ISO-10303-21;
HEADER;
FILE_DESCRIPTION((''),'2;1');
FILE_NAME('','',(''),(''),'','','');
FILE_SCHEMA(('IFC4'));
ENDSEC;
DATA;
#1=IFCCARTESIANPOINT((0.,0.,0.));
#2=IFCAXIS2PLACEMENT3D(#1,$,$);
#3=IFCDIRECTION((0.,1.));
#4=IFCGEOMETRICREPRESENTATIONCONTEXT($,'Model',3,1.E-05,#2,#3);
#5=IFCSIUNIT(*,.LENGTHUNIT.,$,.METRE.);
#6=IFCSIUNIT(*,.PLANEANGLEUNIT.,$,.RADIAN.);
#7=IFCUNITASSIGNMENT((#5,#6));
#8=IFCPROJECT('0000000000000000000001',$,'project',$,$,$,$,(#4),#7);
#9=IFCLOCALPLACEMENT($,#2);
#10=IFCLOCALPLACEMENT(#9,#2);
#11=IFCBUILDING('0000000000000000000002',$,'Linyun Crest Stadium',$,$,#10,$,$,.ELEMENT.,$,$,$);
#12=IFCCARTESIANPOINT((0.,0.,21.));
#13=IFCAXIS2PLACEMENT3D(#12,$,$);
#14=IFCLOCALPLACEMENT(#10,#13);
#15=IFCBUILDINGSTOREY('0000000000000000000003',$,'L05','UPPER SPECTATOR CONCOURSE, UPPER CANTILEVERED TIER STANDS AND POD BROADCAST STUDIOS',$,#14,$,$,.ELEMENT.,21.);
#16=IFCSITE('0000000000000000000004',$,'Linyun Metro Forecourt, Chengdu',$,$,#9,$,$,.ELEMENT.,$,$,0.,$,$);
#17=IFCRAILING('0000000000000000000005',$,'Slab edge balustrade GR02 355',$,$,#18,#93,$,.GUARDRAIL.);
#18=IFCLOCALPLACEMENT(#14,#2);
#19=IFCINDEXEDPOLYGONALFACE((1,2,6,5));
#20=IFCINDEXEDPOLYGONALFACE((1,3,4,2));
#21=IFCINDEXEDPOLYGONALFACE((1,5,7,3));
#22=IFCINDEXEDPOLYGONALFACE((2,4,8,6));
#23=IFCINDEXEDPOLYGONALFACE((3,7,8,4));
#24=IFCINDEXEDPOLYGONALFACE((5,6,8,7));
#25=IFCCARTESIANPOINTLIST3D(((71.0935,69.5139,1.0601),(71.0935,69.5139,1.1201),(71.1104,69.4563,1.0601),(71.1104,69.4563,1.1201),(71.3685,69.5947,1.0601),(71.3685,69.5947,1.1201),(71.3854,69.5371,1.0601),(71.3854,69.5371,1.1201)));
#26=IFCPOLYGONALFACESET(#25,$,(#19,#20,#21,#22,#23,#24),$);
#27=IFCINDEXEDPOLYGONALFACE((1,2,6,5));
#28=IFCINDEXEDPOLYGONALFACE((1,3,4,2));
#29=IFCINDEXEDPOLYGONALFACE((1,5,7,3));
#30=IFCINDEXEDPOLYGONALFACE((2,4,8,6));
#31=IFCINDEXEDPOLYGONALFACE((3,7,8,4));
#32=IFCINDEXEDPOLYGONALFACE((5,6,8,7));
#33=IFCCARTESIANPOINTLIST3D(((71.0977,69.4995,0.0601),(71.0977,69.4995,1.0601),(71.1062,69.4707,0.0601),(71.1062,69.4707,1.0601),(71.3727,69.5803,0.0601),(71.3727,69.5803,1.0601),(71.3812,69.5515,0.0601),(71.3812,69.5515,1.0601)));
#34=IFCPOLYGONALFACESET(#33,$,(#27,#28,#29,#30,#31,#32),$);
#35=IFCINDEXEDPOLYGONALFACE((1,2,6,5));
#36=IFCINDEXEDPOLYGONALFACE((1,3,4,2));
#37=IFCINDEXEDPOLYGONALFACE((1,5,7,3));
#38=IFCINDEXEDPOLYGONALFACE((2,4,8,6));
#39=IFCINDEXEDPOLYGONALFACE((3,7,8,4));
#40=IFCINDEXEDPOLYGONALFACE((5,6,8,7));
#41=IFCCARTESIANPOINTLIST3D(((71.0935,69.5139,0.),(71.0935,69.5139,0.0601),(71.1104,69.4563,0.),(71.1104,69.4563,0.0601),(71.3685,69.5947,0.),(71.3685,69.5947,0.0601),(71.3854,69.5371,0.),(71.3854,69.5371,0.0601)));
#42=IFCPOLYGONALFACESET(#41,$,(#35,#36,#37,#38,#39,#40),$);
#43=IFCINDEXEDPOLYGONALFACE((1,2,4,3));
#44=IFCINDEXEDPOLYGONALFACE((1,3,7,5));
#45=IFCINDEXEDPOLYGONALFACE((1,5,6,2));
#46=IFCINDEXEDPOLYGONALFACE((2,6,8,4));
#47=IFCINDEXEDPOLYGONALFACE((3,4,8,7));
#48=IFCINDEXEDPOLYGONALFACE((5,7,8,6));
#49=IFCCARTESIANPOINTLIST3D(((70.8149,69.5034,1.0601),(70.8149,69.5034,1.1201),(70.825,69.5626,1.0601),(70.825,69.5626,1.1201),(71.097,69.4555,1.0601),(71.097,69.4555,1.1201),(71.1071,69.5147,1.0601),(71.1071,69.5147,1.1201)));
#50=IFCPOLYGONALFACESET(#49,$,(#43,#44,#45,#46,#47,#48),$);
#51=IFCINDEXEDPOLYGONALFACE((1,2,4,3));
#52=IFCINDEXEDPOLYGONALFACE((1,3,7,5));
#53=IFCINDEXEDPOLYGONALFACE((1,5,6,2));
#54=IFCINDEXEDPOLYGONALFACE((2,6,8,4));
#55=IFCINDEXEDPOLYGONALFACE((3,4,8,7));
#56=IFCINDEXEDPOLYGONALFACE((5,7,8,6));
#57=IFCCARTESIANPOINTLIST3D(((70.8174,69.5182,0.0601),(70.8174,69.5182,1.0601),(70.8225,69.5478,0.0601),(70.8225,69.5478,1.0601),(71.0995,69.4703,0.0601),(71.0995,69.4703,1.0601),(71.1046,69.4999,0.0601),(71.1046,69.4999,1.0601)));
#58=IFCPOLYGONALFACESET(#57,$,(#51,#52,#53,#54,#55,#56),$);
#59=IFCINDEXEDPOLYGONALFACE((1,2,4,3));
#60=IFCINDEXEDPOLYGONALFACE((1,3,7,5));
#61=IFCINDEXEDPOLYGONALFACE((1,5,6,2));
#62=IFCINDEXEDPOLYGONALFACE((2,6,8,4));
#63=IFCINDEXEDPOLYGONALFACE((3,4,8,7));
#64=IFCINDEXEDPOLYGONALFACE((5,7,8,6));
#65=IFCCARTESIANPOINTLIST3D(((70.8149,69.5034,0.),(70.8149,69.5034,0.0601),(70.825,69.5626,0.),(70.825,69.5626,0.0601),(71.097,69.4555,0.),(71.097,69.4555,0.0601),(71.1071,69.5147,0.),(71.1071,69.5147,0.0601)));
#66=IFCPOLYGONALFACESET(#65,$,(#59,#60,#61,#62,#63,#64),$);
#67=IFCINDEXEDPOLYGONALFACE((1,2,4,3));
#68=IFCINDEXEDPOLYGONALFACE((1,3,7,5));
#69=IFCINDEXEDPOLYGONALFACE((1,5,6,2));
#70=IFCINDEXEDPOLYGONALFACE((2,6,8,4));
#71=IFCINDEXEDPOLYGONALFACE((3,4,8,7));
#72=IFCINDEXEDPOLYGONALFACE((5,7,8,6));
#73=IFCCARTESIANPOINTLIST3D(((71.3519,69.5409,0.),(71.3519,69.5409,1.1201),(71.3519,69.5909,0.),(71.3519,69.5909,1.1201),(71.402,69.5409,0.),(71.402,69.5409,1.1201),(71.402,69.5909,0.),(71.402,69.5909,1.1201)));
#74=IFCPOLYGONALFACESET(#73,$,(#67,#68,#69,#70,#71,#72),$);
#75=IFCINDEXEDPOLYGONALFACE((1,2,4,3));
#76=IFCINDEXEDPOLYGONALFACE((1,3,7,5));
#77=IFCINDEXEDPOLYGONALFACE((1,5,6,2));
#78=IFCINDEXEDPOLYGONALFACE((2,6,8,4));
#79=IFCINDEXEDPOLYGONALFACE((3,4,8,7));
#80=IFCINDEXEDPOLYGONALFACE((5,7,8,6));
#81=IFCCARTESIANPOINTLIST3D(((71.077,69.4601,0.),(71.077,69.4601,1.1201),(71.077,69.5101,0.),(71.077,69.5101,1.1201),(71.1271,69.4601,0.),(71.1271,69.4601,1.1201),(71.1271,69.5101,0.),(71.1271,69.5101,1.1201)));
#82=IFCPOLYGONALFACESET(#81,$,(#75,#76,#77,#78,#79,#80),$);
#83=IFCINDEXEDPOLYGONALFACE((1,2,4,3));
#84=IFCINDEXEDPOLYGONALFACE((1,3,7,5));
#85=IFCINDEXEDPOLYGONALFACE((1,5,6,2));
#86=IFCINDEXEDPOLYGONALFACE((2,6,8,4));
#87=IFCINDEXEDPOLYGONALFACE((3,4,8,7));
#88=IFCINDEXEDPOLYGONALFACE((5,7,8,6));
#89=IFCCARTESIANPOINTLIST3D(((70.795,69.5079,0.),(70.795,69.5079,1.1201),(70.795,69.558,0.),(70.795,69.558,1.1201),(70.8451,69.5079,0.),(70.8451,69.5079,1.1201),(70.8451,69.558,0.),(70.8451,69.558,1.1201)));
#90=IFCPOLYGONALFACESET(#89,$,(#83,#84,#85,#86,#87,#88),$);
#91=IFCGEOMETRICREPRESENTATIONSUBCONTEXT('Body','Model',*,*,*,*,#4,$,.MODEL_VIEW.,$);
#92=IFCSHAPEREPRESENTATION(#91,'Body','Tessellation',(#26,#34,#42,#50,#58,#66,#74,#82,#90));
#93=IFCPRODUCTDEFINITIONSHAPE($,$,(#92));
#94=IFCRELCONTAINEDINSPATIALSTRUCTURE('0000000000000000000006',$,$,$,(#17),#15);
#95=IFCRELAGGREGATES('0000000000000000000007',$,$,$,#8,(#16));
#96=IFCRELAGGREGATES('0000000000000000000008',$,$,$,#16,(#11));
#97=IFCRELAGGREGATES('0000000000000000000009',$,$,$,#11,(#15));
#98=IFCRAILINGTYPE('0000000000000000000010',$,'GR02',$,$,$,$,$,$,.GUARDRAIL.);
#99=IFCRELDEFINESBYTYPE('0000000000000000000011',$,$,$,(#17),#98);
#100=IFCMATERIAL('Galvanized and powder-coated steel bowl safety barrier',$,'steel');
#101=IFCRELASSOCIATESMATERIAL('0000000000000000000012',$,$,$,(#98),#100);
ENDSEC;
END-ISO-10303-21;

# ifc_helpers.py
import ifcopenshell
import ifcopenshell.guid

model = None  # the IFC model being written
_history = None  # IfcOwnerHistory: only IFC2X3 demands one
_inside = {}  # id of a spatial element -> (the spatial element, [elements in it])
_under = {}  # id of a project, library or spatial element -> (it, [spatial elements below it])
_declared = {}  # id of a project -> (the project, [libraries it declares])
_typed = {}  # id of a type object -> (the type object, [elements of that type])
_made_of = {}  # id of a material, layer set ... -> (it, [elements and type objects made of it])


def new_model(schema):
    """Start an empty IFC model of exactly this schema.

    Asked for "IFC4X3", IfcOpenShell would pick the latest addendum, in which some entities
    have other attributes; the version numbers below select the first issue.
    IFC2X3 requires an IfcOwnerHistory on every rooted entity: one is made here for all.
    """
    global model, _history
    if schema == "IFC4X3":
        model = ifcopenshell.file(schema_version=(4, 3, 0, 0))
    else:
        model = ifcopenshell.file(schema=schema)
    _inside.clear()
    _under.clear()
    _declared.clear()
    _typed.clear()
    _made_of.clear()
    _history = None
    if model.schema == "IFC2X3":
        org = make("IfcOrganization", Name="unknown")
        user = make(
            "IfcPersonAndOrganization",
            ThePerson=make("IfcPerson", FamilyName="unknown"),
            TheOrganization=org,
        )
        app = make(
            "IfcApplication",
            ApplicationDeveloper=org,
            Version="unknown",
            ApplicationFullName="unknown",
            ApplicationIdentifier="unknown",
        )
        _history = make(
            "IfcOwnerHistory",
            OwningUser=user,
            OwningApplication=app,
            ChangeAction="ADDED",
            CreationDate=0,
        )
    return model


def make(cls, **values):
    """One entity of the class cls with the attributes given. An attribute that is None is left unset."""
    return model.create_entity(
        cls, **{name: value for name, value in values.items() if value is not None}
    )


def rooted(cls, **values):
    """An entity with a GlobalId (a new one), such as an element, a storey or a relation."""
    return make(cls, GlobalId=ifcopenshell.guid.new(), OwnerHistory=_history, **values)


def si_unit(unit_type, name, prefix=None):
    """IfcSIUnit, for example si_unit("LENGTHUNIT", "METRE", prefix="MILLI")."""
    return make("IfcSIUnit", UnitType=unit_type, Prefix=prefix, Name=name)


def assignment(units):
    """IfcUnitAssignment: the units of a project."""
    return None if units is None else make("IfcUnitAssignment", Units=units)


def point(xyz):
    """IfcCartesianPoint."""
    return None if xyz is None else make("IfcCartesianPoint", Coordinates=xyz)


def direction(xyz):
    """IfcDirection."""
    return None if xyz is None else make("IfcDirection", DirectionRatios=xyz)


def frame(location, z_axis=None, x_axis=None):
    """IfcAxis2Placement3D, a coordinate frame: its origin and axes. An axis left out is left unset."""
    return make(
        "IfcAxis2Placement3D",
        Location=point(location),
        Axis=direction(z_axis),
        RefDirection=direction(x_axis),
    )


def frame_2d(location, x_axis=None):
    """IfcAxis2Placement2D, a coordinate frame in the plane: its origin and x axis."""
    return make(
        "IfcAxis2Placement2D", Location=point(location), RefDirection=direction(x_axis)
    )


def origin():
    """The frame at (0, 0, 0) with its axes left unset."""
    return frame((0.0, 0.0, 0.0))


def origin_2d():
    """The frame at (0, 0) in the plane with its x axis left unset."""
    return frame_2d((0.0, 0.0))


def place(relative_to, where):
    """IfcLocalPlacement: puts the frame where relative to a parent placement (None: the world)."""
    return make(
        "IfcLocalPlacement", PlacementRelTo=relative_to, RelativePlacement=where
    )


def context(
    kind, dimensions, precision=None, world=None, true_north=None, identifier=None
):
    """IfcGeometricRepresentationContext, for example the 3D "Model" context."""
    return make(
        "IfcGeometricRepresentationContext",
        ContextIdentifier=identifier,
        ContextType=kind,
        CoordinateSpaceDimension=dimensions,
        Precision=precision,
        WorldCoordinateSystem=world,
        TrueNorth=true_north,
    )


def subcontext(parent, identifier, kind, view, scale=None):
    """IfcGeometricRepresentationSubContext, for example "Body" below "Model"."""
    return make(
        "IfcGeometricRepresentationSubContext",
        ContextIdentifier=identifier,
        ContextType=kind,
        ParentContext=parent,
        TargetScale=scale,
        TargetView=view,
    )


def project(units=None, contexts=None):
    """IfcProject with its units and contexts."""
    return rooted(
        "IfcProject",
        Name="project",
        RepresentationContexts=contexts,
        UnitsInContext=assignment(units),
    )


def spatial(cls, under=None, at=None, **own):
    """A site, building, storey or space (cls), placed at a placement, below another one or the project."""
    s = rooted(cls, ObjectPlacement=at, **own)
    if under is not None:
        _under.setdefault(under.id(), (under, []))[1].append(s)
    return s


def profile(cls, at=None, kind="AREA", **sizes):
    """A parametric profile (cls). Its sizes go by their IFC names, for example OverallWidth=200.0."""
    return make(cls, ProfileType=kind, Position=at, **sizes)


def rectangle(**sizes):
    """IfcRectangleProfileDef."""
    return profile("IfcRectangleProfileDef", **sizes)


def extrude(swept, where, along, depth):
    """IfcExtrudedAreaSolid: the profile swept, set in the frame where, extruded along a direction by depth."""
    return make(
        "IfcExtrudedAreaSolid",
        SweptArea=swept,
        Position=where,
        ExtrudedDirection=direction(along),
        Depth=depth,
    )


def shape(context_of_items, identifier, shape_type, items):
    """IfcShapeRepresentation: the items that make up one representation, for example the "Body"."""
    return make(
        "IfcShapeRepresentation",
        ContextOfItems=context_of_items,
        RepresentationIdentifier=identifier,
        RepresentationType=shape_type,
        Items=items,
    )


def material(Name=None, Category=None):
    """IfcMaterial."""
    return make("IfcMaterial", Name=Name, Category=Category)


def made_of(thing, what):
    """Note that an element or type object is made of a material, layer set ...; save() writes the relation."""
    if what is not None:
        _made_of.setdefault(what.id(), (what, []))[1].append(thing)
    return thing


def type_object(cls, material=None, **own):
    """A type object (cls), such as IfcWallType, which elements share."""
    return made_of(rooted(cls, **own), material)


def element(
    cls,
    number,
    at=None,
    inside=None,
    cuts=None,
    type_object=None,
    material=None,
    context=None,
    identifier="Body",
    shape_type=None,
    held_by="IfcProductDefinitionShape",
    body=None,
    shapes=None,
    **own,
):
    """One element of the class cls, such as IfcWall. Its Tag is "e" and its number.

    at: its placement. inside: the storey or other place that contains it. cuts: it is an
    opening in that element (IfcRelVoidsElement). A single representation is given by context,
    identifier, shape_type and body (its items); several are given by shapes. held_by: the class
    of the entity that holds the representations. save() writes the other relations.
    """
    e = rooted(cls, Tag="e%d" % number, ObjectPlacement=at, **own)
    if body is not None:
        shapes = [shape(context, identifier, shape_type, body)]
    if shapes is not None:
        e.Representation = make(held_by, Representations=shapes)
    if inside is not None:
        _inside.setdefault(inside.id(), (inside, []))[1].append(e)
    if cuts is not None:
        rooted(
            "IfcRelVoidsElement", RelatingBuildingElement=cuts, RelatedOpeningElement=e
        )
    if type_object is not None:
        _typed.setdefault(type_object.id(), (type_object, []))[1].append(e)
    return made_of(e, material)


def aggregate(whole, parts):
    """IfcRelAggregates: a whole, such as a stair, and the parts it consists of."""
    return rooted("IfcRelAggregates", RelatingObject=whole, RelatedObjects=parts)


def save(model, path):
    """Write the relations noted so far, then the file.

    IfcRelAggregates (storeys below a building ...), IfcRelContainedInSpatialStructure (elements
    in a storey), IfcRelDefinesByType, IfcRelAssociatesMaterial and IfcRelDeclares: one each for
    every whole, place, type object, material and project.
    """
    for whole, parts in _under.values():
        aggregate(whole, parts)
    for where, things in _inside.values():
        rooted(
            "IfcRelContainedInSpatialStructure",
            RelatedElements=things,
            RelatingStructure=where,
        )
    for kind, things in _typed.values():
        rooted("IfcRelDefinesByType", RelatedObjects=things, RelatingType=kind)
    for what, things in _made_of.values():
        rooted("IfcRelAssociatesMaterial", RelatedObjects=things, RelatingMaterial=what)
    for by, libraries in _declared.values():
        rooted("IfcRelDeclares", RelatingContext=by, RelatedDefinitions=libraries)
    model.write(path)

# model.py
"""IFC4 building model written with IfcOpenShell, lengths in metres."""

from ifc_helpers import new_model, si_unit, direction, frame, origin, origin_2d, place, context, subcontext, project, spatial, rectangle, extrude, material, type_object, element, save


model = new_model("IFC4")

# Units and contexts
model_context = context("Model", 3, precision=1e-05, world=origin(), true_north=direction((0.0, 1.0)))
body_context = subcontext(model_context, "Body", "Model", "MODEL_VIEW")
ifc_project = project(units=[si_unit("LENGTHUNIT", "METRE"), si_unit("PLANEANGLEUNIT", "RADIAN")], contexts=[model_context])

# Site, building, storey
site_placement = place(None, origin())
site = spatial("IfcSite", under=ifc_project, at=site_placement, Name="Linyun Metro Forecourt, Chengdu", CompositionType="ELEMENT", RefElevation=0.0)
building_placement = place(site_placement, origin())
building = spatial("IfcBuilding", under=site, at=building_placement, Name="Linyun Crest Stadium", CompositionType="ELEMENT")
storey_placement = place(building_placement, frame((0.0, 0.0, 21.0)))
storey = spatial("IfcBuildingStorey", under=building, at=storey_placement, Name="L05", Description="UPPER SPECTATOR CONCOURSE, UPPER CANTILEVERED TIER STANDS AND POD BROADCAST STUDIOS", CompositionType="ELEMENT", Elevation=21.0)

# Railing
ifc_material_1 = material(Name="Galvanized and powder-coated steel bowl safety barrier", Category="steel")
railing_type_1 = type_object("IfcRailingType", Name="GR02", PredefinedType="GUARDRAIL", material=ifc_material_1)
railing_1_placement = place(storey_placement, frame((71.377, 69.5659, 0.0)))
element("IfcRailing", 1, at=railing_1_placement, inside=storey, type_object=railing_type_1, Name="Slab edge balustrade GR02 355", PredefinedType="GUARDRAIL", context=body_context, shape_type="SweptSolid", body=[
    extrude(rectangle(XDim=0.0601, YDim=0.0601, at=origin_2d()), frame((0.0, 0.0, 1.0901), z_axis=(-0.959406, -0.282028, 0.0), x_axis=(0.282028, -0.959406, 0.0)), (0.0, 0.0, 1.0), 0.2866),
    extrude(rectangle(XDim=0.03, YDim=1.0, at=origin_2d()), frame((0.0, 0.0, 0.5601), z_axis=(-0.959406, -0.282028, 0.0), x_axis=(0.282028, -0.959406, 0.0)), (0.0, 0.0, 1.0), 0.2866),
    extrude(rectangle(XDim=0.0601, YDim=0.0601, at=origin_2d()), frame((0.0, 0.0, 0.03), z_axis=(-0.959406, -0.282028, 0.0), x_axis=(0.282028, -0.959406, 0.0)), (0.0, 0.0, 1.0), 0.2866),
    extrude(rectangle(XDim=0.0601, YDim=0.0601, at=origin_2d()), frame((-0.2749, -0.0808, 1.0901), z_axis=(-0.985905, 0.167305, 0.0), x_axis=(-0.167305, -0.985905, 0.0)), (0.0, 0.0, 1.0), 0.2861),
    extrude(rectangle(XDim=0.03, YDim=1.0, at=origin_2d()), frame((-0.2749, -0.0808, 0.5601), z_axis=(-0.985905, 0.167305, 0.0), x_axis=(-0.167305, -0.985905, 0.0)), (0.0, 0.0, 1.0), 0.2861),
    extrude(rectangle(XDim=0.0601, YDim=0.0601, at=origin_2d()), frame((-0.2749, -0.0808, 0.03), z_axis=(-0.985905, 0.167305, 0.0), x_axis=(-0.167305, -0.985905, 0.0)), (0.0, 0.0, 1.0), 0.2861),
    extrude(rectangle(XDim=0.05, YDim=0.05, at=origin_2d()), origin(), (0.0, 0.0, 1.0), 1.1201),
    extrude(rectangle(XDim=0.05, YDim=0.05, at=origin_2d()), frame((-0.2749, -0.0808, 0.0)), (0.0, 0.0, 1.0), 1.1201),
    extrude(rectangle(XDim=0.05, YDim=0.05, at=origin_2d()), frame((-0.5569, -0.033, 0.0)), (0.0, 0.0, 1.0), 1.1201),
])

save(model, "model.ifc")
